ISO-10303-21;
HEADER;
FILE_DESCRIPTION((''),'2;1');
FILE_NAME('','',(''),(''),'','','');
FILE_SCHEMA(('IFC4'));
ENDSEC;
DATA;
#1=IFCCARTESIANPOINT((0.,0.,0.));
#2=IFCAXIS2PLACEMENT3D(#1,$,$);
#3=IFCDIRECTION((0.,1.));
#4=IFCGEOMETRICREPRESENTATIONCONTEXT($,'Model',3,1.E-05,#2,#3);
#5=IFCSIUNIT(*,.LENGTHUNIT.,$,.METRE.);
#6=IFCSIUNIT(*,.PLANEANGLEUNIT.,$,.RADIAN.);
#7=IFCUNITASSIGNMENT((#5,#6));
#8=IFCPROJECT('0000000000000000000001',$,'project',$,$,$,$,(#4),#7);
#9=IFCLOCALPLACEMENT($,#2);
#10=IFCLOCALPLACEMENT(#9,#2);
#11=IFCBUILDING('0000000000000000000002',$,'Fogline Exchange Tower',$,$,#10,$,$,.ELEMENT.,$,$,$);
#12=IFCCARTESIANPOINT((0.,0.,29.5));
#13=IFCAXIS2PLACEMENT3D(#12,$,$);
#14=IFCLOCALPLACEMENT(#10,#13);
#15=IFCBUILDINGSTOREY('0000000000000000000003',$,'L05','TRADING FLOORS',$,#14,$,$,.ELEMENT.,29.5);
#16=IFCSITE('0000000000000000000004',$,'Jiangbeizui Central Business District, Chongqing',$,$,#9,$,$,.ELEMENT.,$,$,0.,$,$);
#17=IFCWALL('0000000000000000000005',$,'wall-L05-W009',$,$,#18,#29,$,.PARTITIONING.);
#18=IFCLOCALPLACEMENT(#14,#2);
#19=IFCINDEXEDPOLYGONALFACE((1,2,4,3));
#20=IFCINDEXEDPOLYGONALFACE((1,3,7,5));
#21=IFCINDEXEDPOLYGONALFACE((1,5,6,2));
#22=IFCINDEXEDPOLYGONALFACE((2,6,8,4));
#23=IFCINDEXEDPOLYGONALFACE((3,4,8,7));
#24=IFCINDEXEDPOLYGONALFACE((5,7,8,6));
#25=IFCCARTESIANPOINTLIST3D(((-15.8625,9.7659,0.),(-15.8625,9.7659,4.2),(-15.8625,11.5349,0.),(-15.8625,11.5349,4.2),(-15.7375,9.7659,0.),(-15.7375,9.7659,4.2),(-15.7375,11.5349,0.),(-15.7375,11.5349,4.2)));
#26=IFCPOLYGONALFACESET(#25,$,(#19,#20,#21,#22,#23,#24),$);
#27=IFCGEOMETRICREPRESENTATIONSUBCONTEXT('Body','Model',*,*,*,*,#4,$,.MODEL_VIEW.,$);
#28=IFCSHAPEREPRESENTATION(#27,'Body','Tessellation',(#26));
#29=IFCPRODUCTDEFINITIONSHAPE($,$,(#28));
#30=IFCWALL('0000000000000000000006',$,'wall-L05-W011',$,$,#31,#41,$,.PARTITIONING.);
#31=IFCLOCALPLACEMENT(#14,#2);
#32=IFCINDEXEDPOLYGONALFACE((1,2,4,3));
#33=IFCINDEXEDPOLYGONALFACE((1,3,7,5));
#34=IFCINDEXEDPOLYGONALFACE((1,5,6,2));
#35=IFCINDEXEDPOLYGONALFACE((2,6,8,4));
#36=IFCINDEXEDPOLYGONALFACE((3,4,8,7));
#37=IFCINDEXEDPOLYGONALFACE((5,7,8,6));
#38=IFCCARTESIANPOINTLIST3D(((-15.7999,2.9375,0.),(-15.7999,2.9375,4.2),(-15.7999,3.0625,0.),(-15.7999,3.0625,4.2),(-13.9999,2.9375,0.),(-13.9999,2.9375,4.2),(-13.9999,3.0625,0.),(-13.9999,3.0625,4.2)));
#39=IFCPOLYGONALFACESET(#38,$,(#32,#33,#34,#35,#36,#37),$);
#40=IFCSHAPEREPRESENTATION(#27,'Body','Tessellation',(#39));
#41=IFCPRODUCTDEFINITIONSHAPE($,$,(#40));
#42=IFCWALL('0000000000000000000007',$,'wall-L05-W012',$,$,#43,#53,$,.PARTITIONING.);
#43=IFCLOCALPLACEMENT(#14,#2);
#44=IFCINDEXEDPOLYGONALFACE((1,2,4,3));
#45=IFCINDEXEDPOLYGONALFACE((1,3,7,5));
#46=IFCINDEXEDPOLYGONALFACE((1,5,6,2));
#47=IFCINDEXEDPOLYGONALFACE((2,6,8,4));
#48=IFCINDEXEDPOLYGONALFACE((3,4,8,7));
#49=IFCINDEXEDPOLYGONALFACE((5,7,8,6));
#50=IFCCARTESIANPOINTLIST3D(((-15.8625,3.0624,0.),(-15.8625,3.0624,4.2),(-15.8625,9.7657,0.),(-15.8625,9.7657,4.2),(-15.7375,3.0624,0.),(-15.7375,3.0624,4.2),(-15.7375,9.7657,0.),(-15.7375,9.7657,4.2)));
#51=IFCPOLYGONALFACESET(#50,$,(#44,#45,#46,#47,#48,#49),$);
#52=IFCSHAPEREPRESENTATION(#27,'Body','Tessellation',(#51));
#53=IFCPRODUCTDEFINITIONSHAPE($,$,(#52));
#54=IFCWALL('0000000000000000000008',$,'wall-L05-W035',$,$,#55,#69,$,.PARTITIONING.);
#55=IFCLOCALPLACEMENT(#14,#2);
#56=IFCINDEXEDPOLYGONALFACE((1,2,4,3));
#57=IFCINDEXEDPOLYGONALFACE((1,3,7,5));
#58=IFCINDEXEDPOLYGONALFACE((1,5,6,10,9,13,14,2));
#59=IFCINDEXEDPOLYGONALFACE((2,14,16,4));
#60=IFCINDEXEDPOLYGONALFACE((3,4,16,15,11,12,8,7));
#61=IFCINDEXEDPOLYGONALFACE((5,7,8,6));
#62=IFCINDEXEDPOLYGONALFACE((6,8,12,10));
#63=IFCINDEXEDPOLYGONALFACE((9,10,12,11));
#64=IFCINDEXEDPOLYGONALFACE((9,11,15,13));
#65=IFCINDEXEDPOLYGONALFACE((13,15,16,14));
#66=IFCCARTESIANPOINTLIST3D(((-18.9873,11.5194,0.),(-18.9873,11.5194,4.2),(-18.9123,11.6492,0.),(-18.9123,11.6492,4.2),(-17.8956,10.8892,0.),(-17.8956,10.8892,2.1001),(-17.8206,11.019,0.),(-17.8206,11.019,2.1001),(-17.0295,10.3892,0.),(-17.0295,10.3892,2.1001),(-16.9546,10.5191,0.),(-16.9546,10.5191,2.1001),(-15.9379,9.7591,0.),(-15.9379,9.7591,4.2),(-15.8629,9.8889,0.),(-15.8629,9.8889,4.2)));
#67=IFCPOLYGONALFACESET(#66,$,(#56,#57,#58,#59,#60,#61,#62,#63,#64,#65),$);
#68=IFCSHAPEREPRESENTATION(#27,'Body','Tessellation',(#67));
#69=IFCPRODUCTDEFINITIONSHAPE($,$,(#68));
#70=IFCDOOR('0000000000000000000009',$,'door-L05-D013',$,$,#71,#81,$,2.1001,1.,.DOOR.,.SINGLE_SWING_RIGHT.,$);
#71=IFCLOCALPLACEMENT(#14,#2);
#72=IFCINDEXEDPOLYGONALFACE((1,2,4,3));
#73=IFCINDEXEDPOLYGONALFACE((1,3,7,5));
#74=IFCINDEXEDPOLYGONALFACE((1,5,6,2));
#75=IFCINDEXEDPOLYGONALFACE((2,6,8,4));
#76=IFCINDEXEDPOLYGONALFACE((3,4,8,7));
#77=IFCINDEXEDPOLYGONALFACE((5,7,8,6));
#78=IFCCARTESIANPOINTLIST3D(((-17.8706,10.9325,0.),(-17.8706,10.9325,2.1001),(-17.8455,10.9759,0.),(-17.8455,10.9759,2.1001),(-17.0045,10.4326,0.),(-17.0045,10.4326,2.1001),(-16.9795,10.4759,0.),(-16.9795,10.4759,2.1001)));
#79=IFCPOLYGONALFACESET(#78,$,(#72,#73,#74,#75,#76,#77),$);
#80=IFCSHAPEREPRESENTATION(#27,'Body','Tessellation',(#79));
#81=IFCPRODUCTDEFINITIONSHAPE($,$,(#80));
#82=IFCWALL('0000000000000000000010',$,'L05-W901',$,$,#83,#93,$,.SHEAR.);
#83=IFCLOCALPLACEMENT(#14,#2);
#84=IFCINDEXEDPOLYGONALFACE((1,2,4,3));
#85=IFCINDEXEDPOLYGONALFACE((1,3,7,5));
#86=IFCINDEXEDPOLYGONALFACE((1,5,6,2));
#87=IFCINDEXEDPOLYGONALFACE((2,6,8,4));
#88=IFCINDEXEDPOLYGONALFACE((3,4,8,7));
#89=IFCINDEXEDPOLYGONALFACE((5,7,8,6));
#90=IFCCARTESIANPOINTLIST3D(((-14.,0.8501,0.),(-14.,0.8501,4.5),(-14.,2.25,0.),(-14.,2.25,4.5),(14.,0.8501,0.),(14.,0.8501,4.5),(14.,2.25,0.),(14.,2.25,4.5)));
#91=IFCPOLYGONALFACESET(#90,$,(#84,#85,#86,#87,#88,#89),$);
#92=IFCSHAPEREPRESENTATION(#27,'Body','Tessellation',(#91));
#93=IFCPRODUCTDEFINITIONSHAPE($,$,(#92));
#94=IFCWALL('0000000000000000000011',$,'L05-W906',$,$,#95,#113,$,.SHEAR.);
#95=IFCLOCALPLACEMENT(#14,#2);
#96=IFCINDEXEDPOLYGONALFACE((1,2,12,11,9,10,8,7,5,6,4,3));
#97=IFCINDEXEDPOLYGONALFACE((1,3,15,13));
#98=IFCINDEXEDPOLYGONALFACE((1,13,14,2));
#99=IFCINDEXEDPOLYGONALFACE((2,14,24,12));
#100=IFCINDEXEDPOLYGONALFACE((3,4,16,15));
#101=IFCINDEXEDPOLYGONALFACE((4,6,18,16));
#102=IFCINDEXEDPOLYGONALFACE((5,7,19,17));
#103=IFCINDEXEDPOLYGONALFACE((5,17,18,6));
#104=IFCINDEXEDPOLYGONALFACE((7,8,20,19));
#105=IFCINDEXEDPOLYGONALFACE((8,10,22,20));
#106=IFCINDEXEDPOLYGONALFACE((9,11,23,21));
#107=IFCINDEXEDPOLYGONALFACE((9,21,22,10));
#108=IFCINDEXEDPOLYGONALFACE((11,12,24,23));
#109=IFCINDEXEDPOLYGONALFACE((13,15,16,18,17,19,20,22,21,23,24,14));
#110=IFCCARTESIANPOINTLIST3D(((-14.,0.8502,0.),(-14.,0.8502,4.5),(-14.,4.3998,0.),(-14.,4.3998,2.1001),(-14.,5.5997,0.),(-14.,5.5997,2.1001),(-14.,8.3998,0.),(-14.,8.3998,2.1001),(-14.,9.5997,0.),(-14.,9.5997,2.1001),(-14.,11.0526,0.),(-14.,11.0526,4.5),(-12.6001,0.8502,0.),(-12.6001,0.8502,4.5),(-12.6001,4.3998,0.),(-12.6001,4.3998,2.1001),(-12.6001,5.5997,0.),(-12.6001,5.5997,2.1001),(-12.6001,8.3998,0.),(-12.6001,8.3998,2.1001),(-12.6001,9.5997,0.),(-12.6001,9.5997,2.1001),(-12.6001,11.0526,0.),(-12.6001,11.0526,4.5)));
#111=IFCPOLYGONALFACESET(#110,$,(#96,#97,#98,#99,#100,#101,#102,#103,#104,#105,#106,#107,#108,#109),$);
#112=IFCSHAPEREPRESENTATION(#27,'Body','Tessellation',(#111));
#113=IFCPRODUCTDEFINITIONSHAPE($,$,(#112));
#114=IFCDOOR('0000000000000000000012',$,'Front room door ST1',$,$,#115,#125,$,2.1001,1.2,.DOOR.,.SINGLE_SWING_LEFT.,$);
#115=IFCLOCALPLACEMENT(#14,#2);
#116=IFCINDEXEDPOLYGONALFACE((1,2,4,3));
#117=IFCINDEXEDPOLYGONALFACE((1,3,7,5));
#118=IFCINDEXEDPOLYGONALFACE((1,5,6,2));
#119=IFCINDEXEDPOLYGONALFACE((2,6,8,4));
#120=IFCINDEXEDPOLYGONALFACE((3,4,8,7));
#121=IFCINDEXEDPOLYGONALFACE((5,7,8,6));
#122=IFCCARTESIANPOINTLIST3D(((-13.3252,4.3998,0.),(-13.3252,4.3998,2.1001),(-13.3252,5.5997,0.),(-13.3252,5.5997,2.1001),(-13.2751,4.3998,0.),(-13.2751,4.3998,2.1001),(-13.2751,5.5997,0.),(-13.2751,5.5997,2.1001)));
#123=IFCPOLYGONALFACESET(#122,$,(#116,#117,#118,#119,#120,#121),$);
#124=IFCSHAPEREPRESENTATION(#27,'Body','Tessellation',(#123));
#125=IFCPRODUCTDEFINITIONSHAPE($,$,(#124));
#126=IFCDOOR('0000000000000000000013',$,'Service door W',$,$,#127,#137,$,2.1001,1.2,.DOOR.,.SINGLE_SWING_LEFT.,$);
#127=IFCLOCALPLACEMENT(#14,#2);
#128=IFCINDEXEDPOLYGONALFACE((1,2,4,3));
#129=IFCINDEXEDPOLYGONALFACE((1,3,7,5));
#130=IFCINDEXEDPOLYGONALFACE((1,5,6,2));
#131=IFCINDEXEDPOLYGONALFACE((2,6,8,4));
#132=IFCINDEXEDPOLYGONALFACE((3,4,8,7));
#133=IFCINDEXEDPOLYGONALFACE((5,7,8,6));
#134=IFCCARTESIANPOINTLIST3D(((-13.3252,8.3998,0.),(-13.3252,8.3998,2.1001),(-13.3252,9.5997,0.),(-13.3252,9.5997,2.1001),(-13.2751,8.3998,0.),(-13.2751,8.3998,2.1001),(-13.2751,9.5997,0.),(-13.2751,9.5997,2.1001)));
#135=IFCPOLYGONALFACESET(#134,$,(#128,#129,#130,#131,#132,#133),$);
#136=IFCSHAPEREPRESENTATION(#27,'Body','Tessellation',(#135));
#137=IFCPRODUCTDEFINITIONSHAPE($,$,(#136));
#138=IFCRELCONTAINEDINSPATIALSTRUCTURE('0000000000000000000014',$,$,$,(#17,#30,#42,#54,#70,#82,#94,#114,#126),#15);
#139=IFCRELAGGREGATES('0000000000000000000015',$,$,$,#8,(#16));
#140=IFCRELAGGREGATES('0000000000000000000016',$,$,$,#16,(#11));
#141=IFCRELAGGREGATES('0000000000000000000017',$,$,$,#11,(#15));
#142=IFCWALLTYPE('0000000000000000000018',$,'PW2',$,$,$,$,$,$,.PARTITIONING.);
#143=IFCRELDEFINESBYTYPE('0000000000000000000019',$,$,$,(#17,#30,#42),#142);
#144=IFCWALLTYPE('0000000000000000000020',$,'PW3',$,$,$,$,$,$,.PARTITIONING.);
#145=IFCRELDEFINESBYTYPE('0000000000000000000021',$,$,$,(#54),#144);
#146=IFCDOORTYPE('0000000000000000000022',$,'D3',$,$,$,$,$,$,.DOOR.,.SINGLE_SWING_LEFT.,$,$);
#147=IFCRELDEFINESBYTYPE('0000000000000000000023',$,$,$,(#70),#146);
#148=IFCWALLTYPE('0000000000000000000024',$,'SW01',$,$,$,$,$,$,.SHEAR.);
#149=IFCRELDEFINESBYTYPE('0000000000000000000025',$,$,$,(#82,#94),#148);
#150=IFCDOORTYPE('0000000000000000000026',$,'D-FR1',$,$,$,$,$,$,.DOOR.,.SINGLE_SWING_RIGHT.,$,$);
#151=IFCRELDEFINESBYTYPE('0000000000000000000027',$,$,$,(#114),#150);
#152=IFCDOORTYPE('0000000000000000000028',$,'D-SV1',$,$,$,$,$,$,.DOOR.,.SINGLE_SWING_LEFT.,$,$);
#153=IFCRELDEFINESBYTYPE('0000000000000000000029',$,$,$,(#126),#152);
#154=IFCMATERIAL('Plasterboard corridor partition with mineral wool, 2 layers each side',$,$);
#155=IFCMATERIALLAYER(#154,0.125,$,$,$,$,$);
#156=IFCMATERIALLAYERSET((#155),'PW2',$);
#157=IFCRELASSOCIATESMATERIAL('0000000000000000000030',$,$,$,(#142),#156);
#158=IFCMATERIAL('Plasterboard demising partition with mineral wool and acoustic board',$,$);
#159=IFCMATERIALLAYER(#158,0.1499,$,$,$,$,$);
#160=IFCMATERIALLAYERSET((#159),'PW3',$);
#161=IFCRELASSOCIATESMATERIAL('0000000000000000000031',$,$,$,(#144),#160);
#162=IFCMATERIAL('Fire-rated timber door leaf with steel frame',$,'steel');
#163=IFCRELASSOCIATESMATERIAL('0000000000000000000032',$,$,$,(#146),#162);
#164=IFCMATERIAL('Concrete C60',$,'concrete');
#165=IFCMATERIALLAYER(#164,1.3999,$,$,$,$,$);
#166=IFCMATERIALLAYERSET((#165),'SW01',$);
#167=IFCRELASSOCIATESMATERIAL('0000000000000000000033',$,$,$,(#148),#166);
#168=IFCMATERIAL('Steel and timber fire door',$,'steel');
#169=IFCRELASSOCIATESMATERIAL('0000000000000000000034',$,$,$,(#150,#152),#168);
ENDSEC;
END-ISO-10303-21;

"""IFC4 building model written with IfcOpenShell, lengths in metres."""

from ifc_helpers import new_model, si_unit, direction, frame, frame_2d, origin, place, context, subcontext, project, spatial, rectangle, extrude, material, layer, layer_set, type_object, element, fill, save


model = new_model("IFC4")

# Units and contexts
model_context = context("Model", 3, precision=1e-05, world=origin(), true_north=direction((0.0, 1.0)))
body_context = subcontext(model_context, "Body", "Model", "MODEL_VIEW")
ifc_project = project(units=[si_unit("LENGTHUNIT", "METRE"), si_unit("PLANEANGLEUNIT", "RADIAN")], contexts=[model_context])

# Site, building, storey
site_placement = place(None, origin())
site = spatial("IfcSite", under=ifc_project, at=site_placement, Name="Jiangbeizui Central Business District, Chongqing", CompositionType="ELEMENT", RefElevation=0.0)
building_placement = place(site_placement, origin())
building = spatial("IfcBuilding", under=site, at=building_placement, Name="Fogline Exchange Tower", CompositionType="ELEMENT")
storey_placement = place(building_placement, frame((0.0, 0.0, 29.5)))
storey = spatial("IfcBuildingStorey", under=building, at=storey_placement, Name="L05", Description="TRADING FLOORS", CompositionType="ELEMENT", Elevation=29.5)

# Shared definitions
ifc_material_1 = material(Name="Steel and timber fire door", Category="steel")

# Walls
ifc_material_2 = material(Name="Plasterboard corridor partition with mineral wool, 2 layers each side")
ifc_layer_1 = layer(ifc_material_2, 0.125)
ifc_layer_set_1 = layer_set([ifc_layer_1], Name="PW2")
wall_type_1 = type_object("IfcWallType", Name="PW2", PredefinedType="PARTITIONING", material=ifc_layer_set_1)
wall_1_placement = place(storey_placement, frame((-15.8, 9.7659, 0.0), z_axis=(0.0, 0.0, 1.0), x_axis=(0.0, 1.0, 0.0)))
element("IfcWall", 1, at=wall_1_placement, inside=storey, type_object=wall_type_1, Name="wall-L05-W009", PredefinedType="PARTITIONING", context=body_context, shape_type="SweptSolid", body=[
    extrude(rectangle(XDim=1.769, YDim=0.125, at=frame_2d((0.8845, 0.0))), origin(), (0.0, 0.0, 1.0), 4.2),
])
wall_2_placement = place(storey_placement, frame((-14.0, 3.0, 0.0), z_axis=(0.0, 0.0, 1.0), x_axis=(-1.0, 0.0, 0.0)))
element("IfcWall", 2, at=wall_2_placement, inside=storey, type_object=wall_type_1, Name="wall-L05-W011", PredefinedType="PARTITIONING", context=body_context, shape_type="SweptSolid", body=[
    extrude(rectangle(XDim=1.8, YDim=0.125, at=frame_2d((0.8999, 0.0))), origin(), (0.0, 0.0, 1.0), 4.2),
])
wall_3_placement = place(storey_placement, frame((-15.8, 3.0625, 0.0), z_axis=(0.0, 0.0, 1.0), x_axis=(0.0, 1.0, 0.0)))
element("IfcWall", 3, at=wall_3_placement, inside=storey, type_object=wall_type_1, Name="wall-L05-W012", PredefinedType="PARTITIONING", context=body_context, shape_type="SweptSolid", body=[
    extrude(rectangle(XDim=6.7034, YDim=0.125, at=frame_2d((3.3516, 0.0))), origin(), (0.0, 0.0, 1.0), 4.2),
])

# Wall, opening, door
ifc_material_3 = material(Name="Plasterboard demising partition with mineral wool and acoustic board")
ifc_layer_2 = layer(ifc_material_3, 0.1499)
ifc_layer_set_2 = layer_set([ifc_layer_2], Name="PW3")
wall_type_2 = type_object("IfcWallType", Name="PW3", PredefinedType="PARTITIONING", material=ifc_layer_set_2)
wall_4_placement = place(storey_placement, frame((-15.9004, 9.824, 0.0), z_axis=(0.0, 0.0, 1.0), x_axis=(-0.866059, 0.499943, 0.0)))
wall_4 = element("IfcWall", 4, at=wall_4_placement, inside=storey, type_object=wall_type_2, Name="wall-L05-W035", PredefinedType="PARTITIONING", context=body_context, shape_type="SweptSolid", body=[
    extrude(rectangle(XDim=3.521, YDim=0.1499, at=frame_2d((1.7605, 0.0))), origin(), (0.0, 0.0, 1.0), 4.2),
])
opening_1_placement = place(wall_4_placement, frame((1.2605, 0.0, 0.0)))
opening_1 = element("IfcOpeningElement", 5, at=opening_1_placement, cuts=wall_4, PredefinedType="OPENING", context=body_context, shape_type="SweptSolid", body=[
    extrude(rectangle(XDim=1.0, YDim=2.1001, at=frame_2d((0.5, 1.05))), frame((0.0, 0.085, 0.0), z_axis=(0.0, -1.0, 0.0), x_axis=(1.0, 0.0, 0.0)), (0.0, 0.0, 1.0), 0.1699),
])
ifc_material_4 = material(Name="Fire-rated timber door leaf with steel frame", Category="steel")
door_type_1 = type_object("IfcDoorType", Name="D3", OperationType="SINGLE_SWING_LEFT", PredefinedType="DOOR", material=ifc_material_4)
door_1_placement = place(opening_1_placement, origin())
door_1 = element("IfcDoor", 6, at=door_1_placement, inside=storey, type_object=door_type_1, Name="door-L05-D013", OperationType="SINGLE_SWING_RIGHT", OverallHeight=2.1001, OverallWidth=1.0, PredefinedType="DOOR", context=body_context, shape_type="SweptSolid", body=[
    extrude(rectangle(XDim=1.0, YDim=2.1001, at=frame_2d((0.5, 1.05))), frame((0.0, 0.0249, 0.0), z_axis=(0.0, -1.0, 0.0), x_axis=(1.0, 0.0, 0.0)), (0.0, 0.0, 1.0), 0.05),
])
fill(opening_1, door_1)

# Wall
ifc_material_5 = material(Name="Concrete C60", Category="concrete")
ifc_layer_3 = layer(ifc_material_5, 1.3999)
ifc_layer_set_3 = layer_set([ifc_layer_3], Name="SW01")
wall_type_3 = type_object("IfcWallType", Name="SW01", PredefinedType="SHEAR", material=ifc_layer_set_3)
wall_5_placement = place(storey_placement, frame((-14.0, 1.55, 0.0), z_axis=(0.0, 0.0, 1.0), x_axis=(1.0, 0.0, 0.0)))
element("IfcWall", 7, at=wall_5_placement, inside=storey, type_object=wall_type_3, Name="L05-W901", PredefinedType="SHEAR", context=body_context, shape_type="SweptSolid", body=[
    extrude(rectangle(XDim=28.0, YDim=1.3999, at=frame_2d((14.0, 0.0))), origin(), (0.0, 0.0, 1.0), 4.5),
])

# Wall, openings, doors
wall_6_placement = place(storey_placement, frame((-13.3, 11.0525, 0.0), z_axis=(0.0, 0.0, 1.0), x_axis=(0.0, -1.0, 0.0)))
wall_6 = element("IfcWall", 8, at=wall_6_placement, inside=storey, type_object=wall_type_3, Name="L05-W906", PredefinedType="SHEAR", context=body_context, shape_type="SweptSolid", body=[
    extrude(rectangle(XDim=10.2024, YDim=1.3999, at=frame_2d((5.1011, 0.0))), origin(), (0.0, 0.0, 1.0), 4.5),
])
opening_2_placement = place(wall_6_placement, frame((5.4526, 0.0, 0.0)))
opening_2 = element("IfcOpeningElement", 9, at=opening_2_placement, cuts=wall_6, PredefinedType="OPENING", context=body_context, shape_type="SweptSolid", body=[
    extrude(rectangle(XDim=1.2, YDim=2.1001, at=frame_2d((0.6001, 1.05))), frame((0.0, 0.71, 0.0), z_axis=(0.0, -1.0, 0.0), x_axis=(1.0, 0.0, 0.0)), (0.0, 0.0, 1.0), 1.4199),
])
opening_3_placement = place(wall_6_placement, frame((1.4526, 0.0, 0.0)))
opening_3 = element("IfcOpeningElement", 10, at=opening_3_placement, cuts=wall_6, PredefinedType="OPENING", context=body_context, shape_type="SweptSolid", body=[
    extrude(rectangle(XDim=1.2, YDim=2.1001, at=frame_2d((0.6001, 1.05))), frame((0.0, 0.71, 0.0), z_axis=(0.0, -1.0, 0.0), x_axis=(1.0, 0.0, 0.0)), (0.0, 0.0, 1.0), 1.4199),
])
door_type_2 = type_object("IfcDoorType", Name="D-FR1", OperationType="SINGLE_SWING_RIGHT", PredefinedType="DOOR", material=ifc_material_1)
door_2_placement = place(opening_2_placement, origin())
door_2 = element("IfcDoor", 11, at=door_2_placement, inside=storey, type_object=door_type_2, Name="Front room door ST1", OperationType="SINGLE_SWING_LEFT", OverallHeight=2.1001, OverallWidth=1.2, PredefinedType="DOOR", context=body_context, shape_type="SweptSolid", body=[
    extrude(rectangle(XDim=1.2, YDim=2.1001, at=frame_2d((0.6001, 1.05))), frame((0.0, 0.0249, 0.0), z_axis=(0.0, -1.0, 0.0), x_axis=(1.0, 0.0, 0.0)), (0.0, 0.0, 1.0), 0.05),
])
fill(opening_2, door_2)
door_type_3 = type_object("IfcDoorType", Name="D-SV1", OperationType="SINGLE_SWING_LEFT", PredefinedType="DOOR", material=ifc_material_1)
door_3_placement = place(opening_3_placement, origin())
door_3 = element("IfcDoor", 12, at=door_3_placement, inside=storey, type_object=door_type_3, Name="Service door W", OperationType="SINGLE_SWING_LEFT", OverallHeight=2.1001, OverallWidth=1.2, PredefinedType="DOOR", context=body_context, shape_type="SweptSolid", body=[
    extrude(rectangle(XDim=1.2, YDim=2.1001, at=frame_2d((0.6001, 1.05))), frame((0.0, 0.0249, 0.0), z_axis=(0.0, -1.0, 0.0), x_axis=(1.0, 0.0, 0.0)), (0.0, 0.0, 1.0), 0.05),
])
fill(opening_3, door_3)

save(model, "model.ifc")
